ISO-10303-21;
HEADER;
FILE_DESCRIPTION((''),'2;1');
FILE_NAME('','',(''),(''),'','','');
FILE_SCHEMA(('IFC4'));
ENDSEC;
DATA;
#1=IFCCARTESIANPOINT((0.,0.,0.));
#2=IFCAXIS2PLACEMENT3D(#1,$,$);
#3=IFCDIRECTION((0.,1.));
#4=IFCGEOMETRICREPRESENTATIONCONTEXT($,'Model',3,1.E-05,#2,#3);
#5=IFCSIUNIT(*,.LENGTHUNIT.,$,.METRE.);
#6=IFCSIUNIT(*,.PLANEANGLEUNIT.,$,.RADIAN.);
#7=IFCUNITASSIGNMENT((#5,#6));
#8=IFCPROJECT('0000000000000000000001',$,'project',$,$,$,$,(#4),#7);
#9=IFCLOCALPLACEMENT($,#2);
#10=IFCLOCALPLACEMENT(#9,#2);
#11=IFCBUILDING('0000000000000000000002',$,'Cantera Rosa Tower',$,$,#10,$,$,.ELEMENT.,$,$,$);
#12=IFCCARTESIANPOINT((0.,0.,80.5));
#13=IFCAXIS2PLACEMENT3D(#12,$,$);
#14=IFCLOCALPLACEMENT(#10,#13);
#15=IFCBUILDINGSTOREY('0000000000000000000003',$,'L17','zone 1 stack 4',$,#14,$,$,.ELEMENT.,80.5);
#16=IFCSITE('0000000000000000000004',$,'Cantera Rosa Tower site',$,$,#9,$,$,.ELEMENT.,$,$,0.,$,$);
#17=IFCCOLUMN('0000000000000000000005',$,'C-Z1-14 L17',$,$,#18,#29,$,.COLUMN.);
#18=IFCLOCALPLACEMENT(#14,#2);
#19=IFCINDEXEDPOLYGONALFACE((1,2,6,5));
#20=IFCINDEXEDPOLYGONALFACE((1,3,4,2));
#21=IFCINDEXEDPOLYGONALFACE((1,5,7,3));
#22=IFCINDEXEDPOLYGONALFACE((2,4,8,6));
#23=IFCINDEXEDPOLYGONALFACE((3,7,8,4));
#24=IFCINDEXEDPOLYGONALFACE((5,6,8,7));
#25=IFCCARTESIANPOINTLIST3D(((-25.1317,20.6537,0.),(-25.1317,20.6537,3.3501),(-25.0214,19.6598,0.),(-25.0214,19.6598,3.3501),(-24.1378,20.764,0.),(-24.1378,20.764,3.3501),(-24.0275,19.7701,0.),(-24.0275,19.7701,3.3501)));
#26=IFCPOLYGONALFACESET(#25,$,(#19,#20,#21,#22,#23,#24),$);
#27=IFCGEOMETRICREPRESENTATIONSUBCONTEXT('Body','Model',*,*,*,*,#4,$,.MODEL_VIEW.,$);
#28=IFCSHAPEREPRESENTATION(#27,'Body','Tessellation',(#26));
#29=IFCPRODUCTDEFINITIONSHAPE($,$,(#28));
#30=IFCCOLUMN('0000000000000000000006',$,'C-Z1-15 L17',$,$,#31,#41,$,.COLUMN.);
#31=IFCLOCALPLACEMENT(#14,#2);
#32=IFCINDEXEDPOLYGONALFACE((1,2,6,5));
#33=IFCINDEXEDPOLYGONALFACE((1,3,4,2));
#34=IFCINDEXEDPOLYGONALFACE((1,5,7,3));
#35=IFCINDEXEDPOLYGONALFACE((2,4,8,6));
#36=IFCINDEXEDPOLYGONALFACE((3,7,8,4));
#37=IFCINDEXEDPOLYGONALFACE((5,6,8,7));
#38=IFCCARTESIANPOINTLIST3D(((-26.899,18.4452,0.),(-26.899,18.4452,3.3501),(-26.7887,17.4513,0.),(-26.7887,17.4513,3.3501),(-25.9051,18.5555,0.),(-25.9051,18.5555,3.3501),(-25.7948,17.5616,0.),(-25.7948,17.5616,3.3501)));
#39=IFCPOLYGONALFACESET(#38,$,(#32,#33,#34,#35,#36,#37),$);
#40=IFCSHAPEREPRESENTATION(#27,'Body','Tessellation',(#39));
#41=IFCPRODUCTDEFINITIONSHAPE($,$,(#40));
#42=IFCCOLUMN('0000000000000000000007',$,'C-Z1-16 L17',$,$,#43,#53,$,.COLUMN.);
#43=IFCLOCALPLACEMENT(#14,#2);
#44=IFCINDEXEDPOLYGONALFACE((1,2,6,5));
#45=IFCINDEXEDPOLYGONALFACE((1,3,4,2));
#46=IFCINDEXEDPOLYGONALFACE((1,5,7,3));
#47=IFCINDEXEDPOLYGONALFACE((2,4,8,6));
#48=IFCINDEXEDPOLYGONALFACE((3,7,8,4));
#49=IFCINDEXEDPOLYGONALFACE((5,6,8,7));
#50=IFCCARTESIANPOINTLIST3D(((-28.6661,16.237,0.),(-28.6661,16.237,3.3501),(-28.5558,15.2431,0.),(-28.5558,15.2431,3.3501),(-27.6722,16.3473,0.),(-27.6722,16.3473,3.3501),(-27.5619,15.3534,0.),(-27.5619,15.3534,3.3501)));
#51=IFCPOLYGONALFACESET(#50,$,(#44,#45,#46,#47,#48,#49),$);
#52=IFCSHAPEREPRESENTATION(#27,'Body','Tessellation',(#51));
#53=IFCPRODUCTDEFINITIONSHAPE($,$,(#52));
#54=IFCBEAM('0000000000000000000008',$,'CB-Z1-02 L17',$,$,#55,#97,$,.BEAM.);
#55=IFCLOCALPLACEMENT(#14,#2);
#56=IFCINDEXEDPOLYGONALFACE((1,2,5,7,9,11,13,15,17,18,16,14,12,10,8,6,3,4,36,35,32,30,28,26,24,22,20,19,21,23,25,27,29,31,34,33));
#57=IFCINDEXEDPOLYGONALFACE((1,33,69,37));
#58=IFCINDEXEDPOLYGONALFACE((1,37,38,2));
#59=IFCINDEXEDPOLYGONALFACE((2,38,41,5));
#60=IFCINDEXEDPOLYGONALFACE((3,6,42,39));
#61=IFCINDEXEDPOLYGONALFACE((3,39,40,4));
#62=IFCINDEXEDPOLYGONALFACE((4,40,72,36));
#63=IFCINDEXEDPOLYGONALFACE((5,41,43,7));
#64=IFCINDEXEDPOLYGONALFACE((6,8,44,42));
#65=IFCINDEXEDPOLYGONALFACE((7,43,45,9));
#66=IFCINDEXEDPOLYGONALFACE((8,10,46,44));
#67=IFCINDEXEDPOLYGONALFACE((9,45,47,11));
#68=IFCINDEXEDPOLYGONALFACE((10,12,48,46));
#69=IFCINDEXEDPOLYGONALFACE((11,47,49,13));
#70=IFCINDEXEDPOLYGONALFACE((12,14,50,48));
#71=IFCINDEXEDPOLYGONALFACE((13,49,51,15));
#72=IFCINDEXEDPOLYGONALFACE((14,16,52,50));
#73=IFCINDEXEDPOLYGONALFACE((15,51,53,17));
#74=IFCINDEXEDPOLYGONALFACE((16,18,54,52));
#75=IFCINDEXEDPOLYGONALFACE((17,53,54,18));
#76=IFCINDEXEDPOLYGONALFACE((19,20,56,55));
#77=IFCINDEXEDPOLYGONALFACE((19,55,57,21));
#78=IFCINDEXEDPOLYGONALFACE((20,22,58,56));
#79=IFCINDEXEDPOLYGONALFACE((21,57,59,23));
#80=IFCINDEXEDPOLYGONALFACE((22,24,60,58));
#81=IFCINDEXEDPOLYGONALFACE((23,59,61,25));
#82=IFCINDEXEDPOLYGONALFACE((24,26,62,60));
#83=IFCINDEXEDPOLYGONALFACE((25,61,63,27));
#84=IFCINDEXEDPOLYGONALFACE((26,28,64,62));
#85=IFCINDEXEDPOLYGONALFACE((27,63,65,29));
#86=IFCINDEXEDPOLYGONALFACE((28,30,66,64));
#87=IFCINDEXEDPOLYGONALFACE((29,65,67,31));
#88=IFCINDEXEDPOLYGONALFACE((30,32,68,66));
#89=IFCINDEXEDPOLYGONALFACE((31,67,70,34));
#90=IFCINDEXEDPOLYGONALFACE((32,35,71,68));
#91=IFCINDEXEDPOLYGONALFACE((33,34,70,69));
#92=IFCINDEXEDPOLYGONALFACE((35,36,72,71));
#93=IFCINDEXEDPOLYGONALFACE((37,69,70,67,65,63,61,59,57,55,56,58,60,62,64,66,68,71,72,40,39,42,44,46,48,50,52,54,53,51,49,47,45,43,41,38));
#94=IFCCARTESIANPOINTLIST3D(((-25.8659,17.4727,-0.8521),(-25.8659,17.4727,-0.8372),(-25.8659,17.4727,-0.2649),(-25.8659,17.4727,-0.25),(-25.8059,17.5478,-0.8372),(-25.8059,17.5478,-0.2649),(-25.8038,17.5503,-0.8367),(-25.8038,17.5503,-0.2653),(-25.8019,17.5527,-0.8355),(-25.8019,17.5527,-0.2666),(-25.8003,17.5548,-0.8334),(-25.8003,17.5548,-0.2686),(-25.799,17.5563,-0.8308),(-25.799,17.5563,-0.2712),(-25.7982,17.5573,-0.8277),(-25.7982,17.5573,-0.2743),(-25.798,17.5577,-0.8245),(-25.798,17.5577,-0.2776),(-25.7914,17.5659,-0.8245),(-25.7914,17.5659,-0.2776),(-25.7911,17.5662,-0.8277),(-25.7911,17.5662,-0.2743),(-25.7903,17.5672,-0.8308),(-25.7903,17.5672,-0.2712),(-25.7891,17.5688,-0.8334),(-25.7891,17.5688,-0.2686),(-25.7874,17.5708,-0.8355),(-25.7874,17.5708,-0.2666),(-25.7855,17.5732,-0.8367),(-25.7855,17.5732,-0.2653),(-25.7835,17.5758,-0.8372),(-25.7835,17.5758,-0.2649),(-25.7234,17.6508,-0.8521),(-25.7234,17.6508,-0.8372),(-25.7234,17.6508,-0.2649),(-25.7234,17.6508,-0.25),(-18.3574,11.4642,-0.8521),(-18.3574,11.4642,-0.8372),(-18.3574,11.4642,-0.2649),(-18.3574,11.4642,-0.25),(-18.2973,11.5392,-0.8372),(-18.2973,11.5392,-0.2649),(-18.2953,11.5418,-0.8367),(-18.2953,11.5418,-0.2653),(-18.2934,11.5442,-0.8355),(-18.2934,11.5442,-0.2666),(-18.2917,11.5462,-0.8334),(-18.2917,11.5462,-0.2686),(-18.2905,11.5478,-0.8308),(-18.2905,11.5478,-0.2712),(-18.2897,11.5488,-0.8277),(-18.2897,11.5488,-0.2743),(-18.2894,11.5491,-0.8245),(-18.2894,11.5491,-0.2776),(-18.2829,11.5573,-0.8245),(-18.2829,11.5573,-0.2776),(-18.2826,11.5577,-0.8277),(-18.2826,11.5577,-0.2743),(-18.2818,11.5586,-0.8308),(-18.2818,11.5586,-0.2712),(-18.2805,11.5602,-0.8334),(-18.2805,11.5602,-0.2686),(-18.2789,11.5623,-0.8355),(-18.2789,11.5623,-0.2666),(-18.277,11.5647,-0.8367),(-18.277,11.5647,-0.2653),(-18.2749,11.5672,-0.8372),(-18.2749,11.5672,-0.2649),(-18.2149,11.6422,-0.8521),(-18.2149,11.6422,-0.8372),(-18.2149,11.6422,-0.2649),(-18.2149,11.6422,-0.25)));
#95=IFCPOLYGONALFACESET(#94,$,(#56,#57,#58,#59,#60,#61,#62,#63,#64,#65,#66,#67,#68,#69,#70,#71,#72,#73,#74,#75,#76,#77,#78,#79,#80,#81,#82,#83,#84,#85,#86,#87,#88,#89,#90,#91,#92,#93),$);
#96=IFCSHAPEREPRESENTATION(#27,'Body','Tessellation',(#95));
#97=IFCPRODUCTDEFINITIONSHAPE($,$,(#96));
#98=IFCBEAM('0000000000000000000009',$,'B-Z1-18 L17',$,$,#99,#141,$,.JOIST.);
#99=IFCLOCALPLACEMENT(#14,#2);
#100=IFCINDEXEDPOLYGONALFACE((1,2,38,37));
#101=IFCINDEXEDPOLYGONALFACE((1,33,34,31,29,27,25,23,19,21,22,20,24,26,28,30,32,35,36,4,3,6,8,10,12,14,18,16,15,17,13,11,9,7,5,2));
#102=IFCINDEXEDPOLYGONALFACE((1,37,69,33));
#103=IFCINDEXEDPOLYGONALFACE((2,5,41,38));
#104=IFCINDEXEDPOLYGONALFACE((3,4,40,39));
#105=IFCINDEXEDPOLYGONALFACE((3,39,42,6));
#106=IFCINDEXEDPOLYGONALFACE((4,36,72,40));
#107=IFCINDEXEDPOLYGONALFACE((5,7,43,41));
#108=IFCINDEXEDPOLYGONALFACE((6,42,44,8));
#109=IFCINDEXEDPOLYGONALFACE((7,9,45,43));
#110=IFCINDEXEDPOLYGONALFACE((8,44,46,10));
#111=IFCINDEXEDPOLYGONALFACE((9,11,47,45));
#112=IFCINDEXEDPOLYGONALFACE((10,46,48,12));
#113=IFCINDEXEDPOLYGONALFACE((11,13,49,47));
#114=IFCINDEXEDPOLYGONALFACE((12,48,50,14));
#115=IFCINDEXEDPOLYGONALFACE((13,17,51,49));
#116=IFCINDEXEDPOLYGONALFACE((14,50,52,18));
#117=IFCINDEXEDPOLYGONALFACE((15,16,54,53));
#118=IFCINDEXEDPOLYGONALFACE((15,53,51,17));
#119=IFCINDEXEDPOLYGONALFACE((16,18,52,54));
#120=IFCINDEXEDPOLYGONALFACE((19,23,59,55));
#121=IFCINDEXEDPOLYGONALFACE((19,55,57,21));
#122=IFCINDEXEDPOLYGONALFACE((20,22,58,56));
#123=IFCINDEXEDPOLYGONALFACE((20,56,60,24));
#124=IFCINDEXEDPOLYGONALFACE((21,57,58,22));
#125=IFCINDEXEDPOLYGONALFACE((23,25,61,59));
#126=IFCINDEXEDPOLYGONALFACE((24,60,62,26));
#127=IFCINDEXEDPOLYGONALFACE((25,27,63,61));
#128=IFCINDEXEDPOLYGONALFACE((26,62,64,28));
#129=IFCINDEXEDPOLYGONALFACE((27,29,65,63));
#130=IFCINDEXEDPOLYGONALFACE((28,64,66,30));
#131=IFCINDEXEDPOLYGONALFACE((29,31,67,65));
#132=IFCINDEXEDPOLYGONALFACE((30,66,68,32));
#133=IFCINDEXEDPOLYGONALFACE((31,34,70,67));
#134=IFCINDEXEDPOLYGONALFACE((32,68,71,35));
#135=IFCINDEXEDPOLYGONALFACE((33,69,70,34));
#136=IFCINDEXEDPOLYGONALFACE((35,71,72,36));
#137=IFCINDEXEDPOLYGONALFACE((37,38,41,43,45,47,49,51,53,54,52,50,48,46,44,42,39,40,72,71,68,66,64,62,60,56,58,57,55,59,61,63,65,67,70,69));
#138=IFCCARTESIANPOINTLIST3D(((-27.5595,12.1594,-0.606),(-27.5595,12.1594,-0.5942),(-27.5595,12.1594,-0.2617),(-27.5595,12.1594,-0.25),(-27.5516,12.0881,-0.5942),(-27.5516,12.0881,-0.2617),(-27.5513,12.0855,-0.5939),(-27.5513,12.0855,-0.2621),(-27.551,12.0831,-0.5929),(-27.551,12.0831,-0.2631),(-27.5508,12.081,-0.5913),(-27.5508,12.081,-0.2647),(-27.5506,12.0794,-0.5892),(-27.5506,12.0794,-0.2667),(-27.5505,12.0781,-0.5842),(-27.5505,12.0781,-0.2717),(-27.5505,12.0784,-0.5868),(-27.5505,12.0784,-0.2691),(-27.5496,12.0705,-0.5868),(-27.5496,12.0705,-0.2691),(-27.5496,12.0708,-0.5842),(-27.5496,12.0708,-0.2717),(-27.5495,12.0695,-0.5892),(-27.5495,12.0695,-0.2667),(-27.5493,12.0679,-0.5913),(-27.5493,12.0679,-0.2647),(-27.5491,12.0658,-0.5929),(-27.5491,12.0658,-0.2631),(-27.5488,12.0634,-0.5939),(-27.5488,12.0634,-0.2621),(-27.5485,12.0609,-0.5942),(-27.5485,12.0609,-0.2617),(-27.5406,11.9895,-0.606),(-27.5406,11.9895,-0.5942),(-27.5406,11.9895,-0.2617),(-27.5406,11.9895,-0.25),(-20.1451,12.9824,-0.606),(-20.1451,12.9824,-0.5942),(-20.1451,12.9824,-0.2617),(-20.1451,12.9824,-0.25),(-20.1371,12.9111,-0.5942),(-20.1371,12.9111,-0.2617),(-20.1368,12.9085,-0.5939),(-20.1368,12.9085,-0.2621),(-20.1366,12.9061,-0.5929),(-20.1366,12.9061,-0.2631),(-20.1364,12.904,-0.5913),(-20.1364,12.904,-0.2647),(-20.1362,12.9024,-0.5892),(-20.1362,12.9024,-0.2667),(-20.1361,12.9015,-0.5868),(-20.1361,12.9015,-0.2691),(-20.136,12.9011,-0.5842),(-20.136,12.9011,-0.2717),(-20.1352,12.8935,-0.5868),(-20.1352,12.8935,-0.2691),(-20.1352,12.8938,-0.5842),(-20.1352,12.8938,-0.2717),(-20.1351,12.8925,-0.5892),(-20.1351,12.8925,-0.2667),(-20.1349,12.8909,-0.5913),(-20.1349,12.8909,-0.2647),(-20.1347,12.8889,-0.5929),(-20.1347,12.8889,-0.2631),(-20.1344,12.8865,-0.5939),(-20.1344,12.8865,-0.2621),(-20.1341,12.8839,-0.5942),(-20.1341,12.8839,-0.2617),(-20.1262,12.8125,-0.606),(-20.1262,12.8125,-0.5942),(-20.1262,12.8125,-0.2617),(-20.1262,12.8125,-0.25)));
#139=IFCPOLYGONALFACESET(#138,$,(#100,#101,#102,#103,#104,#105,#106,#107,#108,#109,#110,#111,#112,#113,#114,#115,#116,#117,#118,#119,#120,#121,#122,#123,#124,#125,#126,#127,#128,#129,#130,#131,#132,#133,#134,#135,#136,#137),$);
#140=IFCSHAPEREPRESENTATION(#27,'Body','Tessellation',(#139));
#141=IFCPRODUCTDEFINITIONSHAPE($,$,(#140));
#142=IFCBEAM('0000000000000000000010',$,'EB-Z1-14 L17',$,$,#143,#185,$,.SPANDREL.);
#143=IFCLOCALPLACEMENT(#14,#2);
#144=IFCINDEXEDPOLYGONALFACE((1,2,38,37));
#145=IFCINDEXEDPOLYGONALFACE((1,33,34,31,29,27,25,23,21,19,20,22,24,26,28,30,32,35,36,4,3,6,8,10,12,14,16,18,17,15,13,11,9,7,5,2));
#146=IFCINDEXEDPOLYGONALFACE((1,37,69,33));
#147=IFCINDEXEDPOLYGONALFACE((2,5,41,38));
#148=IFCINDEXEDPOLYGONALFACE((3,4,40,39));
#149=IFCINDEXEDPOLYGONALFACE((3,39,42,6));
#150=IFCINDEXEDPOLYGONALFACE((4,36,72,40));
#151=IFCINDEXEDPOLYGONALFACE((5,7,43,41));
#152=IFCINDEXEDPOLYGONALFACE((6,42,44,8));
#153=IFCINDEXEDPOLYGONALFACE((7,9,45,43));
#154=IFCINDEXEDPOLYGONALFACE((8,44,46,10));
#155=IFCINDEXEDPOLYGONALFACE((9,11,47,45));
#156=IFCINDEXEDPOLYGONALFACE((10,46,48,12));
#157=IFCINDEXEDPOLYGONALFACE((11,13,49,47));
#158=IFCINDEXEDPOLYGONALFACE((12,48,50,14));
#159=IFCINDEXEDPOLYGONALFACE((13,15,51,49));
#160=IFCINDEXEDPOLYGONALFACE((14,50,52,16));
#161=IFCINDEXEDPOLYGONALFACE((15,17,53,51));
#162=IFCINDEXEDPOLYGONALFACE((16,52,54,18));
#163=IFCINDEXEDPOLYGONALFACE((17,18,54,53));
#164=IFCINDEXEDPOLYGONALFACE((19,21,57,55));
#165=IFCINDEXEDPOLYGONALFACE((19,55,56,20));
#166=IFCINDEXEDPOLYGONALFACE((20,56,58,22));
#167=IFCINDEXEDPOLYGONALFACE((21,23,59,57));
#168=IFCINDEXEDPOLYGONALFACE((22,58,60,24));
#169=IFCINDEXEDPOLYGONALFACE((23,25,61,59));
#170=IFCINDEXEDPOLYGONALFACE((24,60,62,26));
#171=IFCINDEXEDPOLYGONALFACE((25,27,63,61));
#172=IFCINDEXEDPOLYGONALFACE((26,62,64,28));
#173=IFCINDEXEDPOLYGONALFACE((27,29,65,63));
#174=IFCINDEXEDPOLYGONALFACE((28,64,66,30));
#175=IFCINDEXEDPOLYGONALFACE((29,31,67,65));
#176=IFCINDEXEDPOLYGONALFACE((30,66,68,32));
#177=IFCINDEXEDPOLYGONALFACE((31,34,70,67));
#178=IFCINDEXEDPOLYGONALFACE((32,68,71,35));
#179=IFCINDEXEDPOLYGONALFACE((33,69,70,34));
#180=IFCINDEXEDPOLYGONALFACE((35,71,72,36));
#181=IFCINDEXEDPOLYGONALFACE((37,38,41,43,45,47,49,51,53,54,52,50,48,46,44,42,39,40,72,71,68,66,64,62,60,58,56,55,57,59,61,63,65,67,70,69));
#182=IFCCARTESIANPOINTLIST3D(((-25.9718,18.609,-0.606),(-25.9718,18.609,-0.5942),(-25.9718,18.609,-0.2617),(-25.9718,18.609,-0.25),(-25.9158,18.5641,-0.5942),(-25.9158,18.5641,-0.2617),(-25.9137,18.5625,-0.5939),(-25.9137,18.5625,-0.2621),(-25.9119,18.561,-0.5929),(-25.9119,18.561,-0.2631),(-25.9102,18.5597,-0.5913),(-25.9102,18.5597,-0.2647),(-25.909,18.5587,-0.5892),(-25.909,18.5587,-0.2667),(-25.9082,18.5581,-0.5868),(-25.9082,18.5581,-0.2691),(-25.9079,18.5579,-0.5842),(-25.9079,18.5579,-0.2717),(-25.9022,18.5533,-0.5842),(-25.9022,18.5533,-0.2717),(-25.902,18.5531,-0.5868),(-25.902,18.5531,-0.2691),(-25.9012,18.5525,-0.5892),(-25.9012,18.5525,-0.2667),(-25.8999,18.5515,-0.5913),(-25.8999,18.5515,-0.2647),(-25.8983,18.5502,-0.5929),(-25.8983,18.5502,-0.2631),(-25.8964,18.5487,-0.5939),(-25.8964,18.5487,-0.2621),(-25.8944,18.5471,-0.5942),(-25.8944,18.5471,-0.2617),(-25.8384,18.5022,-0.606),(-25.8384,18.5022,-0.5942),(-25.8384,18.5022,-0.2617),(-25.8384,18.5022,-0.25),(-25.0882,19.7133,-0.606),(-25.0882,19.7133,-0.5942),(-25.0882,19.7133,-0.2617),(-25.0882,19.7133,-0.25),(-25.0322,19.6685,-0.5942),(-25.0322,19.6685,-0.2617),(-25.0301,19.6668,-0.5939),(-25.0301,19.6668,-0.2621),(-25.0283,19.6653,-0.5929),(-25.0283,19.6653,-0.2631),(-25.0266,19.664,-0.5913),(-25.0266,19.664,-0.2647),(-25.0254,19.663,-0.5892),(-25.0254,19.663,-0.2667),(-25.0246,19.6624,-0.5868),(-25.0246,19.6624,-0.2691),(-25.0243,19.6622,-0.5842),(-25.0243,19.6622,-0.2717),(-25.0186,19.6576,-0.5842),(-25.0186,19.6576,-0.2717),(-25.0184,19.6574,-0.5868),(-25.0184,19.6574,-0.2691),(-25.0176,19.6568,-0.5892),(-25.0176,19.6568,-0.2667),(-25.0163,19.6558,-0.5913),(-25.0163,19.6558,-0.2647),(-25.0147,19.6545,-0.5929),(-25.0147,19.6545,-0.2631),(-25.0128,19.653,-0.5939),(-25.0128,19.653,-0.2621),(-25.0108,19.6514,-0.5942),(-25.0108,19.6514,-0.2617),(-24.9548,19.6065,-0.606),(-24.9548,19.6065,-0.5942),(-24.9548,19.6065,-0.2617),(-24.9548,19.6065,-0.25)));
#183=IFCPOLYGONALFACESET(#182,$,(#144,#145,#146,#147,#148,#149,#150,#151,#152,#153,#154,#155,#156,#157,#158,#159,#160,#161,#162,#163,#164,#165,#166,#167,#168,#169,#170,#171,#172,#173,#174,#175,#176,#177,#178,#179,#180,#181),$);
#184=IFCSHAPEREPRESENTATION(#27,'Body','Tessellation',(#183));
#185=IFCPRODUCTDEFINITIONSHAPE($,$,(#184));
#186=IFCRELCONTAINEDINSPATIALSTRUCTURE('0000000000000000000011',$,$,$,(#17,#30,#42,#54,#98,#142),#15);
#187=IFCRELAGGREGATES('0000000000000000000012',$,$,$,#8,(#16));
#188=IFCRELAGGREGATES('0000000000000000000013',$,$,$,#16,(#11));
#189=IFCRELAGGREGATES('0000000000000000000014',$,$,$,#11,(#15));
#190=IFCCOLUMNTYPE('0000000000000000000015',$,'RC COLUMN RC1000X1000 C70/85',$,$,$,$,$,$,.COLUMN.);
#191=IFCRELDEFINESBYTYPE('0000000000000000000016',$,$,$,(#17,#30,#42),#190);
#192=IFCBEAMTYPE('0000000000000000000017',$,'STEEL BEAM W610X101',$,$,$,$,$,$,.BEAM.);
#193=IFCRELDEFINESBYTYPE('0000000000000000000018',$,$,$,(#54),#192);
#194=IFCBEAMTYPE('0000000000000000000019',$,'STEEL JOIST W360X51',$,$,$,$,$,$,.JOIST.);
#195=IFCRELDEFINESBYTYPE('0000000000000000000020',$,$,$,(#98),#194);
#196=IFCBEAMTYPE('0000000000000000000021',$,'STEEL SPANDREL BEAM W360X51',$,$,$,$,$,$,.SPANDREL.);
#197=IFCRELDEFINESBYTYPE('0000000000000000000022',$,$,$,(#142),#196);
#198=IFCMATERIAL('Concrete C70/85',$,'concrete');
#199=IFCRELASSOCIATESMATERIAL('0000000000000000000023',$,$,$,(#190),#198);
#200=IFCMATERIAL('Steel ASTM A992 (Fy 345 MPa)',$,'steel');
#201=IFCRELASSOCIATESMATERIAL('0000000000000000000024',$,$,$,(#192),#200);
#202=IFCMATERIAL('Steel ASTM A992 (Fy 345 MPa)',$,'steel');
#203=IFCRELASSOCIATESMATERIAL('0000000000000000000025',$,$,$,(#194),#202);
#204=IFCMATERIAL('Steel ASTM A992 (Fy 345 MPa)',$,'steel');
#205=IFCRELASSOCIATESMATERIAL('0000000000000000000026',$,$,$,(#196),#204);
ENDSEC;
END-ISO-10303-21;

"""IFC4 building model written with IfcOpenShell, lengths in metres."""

from ifc_helpers import new_model, si_unit, direction, frame, origin, origin_2d, place, context, subcontext, project, spatial, rectangle, i_section, extrude, material, material_profile, profile_set, type_object, element, save


model = new_model("IFC4")

# Units and contexts
model_context = context("Model", 3, precision=1e-05, world=origin(), true_north=direction((0.0, 1.0)))
body_context = subcontext(model_context, "Body", "Model", "MODEL_VIEW")
ifc_project = project(units=[si_unit("LENGTHUNIT", "METRE"), si_unit("PLANEANGLEUNIT", "RADIAN")], contexts=[model_context])

# Site, building, storey
site_placement = place(None, origin())
site = spatial("IfcSite", under=ifc_project, at=site_placement, Name="Cantera Rosa Tower site", CompositionType="ELEMENT", RefElevation=0.0)
building_placement = place(site_placement, origin())
building = spatial("IfcBuilding", under=site, at=building_placement, Name="Cantera Rosa Tower", CompositionType="ELEMENT")
storey_placement = place(building_placement, frame((0.0, 0.0, 80.5)))
storey = spatial("IfcBuildingStorey", under=building, at=storey_placement, Name="L17", Description="zone 1 stack 4", CompositionType="ELEMENT", Elevation=80.5)

# Columns
ifc_material_1 = material(Name="Concrete C70/85", Category="concrete")
ifc_material_profile_1 = material_profile(ifc_material_1, rectangle(XDim=1.0, YDim=1.0, at=origin_2d()), Name="RC COLUMN RC1000X1000 C70/85")
ifc_profile_set_1 = profile_set([ifc_material_profile_1], Name="Concrete C70/85")
column_type = type_object("IfcColumnType", Name="RC COLUMN RC1000X1000 C70/85", PredefinedType="COLUMN", material=ifc_profile_set_1)
for number, where, z_axis, x_axis, name in (
    (1, (-24.5796, 20.2119, 0.0), (0.0, 0.0, 1.0), (0.993897, 0.110313, 0.0), "C-Z1-14 L17"),
    (2, (-26.3469, 18.0034, 0.0), (0.0, 0.0, 1.0), (0.993897, 0.110313, 0.0), "C-Z1-15 L17"),
    (3, (-28.114, 15.7952, 0.0), (0.0, 0.0, 1.0), (0.993897, 0.110313, 0.0), "C-Z1-16 L17"),
):
    element("IfcColumn", number, at=place(storey_placement, frame(where, z_axis=z_axis, x_axis=x_axis)), inside=storey, type_object=column_type, Name=name, PredefinedType="COLUMN", context=body_context, shape_type="SweptSolid", body=[
        extrude(rectangle(XDim=1.0, YDim=1.0, at=origin_2d()), origin(), (0.0, 0.0, 1.0), 3.3501),
    ])

# Beams
ifc_material_2 = material(Name="Steel ASTM A992 (Fy 345 MPa)", Category="steel")
ifc_material_profile_2 = material_profile(ifc_material_2, i_section(OverallWidth=0.228, OverallDepth=0.6021, WebThickness=0.0105, FlangeThickness=0.0149, FilletRadius=0.0127, at=origin_2d()), Name="W610X101")
ifc_profile_set_2 = profile_set([ifc_material_profile_2], Name="Steel ASTM A992 (Fy 345 MPa)")
beam_type_1 = type_object("IfcBeamType", Name="STEEL BEAM W610X101", PredefinedType="BEAM", material=ifc_profile_set_2)
beam_1_placement = place(storey_placement, frame((-25.7947, 17.5618, -0.551), z_axis=(0.780782, -0.624803, 0.0), x_axis=(0.624803, 0.780782, 0.0)))
element("IfcBeam", 4, at=beam_1_placement, inside=storey, type_object=beam_type_1, Name="CB-Z1-02 L17", PredefinedType="BEAM", context=body_context, shape_type="SweptSolid", body=[
    extrude(i_section(OverallWidth=0.228, OverallDepth=0.6021, WebThickness=0.0105, FlangeThickness=0.0149, FilletRadius=0.0127, at=origin_2d()), origin(), (0.0, 0.0, 1.0), 9.6167),
])
ifc_material_3 = material(Name="Steel ASTM A992 (Fy 345 MPa)", Category="steel")
ifc_material_profile_3 = material_profile(ifc_material_3, i_section(OverallWidth=0.1709, OverallDepth=0.356, WebThickness=0.0073, FlangeThickness=0.0117, FilletRadius=0.01, at=origin_2d()), Name="W360X51")
ifc_profile_set_3 = profile_set([ifc_material_profile_3], Name="Steel ASTM A992 (Fy 345 MPa)")
beam_type_2 = type_object("IfcBeamType", Name="STEEL JOIST W360X51", PredefinedType="JOIST", material=ifc_profile_set_3)
beam_2_placement = place(storey_placement, frame((-27.55, 12.0745, -0.428), z_axis=(0.993896, 0.110324, 0.0), x_axis=(-0.110324, 0.993896, 0.0)))
element("IfcBeam", 5, at=beam_2_placement, inside=storey, type_object=beam_type_2, Name="B-Z1-18 L17", PredefinedType="JOIST", context=body_context, shape_type="SweptSolid", body=[
    extrude(i_section(OverallWidth=0.1709, OverallDepth=0.356, WebThickness=0.0073, FlangeThickness=0.0117, FilletRadius=0.01, at=origin_2d()), origin(), (0.0, 0.0, 1.0), 7.46),
])
ifc_material_4 = material(Name="Steel ASTM A992 (Fy 345 MPa)", Category="steel")
ifc_material_profile_4 = material_profile(ifc_material_4, i_section(OverallWidth=0.1709, OverallDepth=0.356, WebThickness=0.0073, FlangeThickness=0.0117, FilletRadius=0.01, at=origin_2d()), Name="W360X51")
ifc_profile_set_4 = profile_set([ifc_material_profile_4], Name="Steel ASTM A992 (Fy 345 MPa)")
beam_type_3 = type_object("IfcBeamType", Name="STEEL SPANDREL BEAM W360X51", PredefinedType="SPANDREL", material=ifc_profile_set_4)
for number, where, z_axis, x_axis, name in (
    (6, (-25.0215, 19.6599, -0.428), (-0.624758, -0.780818, 0.0), (0.780818, -0.624758, 0.0), "EB-Z1-14 L17"),
):
    element("IfcBeam", number, at=place(storey_placement, frame(where, z_axis=z_axis, x_axis=x_axis)), inside=storey, type_object=beam_type_3, Name=name, PredefinedType="SPANDREL", context=body_context, shape_type="SweptSolid", body=[
        extrude(i_section(OverallWidth=0.1709, OverallDepth=0.356, WebThickness=0.0073, FlangeThickness=0.0117, FilletRadius=0.01, at=origin_2d()), origin(), (0.0, 0.0, 1.0), 1.4143),
    ])

save(model, "model.ifc")
